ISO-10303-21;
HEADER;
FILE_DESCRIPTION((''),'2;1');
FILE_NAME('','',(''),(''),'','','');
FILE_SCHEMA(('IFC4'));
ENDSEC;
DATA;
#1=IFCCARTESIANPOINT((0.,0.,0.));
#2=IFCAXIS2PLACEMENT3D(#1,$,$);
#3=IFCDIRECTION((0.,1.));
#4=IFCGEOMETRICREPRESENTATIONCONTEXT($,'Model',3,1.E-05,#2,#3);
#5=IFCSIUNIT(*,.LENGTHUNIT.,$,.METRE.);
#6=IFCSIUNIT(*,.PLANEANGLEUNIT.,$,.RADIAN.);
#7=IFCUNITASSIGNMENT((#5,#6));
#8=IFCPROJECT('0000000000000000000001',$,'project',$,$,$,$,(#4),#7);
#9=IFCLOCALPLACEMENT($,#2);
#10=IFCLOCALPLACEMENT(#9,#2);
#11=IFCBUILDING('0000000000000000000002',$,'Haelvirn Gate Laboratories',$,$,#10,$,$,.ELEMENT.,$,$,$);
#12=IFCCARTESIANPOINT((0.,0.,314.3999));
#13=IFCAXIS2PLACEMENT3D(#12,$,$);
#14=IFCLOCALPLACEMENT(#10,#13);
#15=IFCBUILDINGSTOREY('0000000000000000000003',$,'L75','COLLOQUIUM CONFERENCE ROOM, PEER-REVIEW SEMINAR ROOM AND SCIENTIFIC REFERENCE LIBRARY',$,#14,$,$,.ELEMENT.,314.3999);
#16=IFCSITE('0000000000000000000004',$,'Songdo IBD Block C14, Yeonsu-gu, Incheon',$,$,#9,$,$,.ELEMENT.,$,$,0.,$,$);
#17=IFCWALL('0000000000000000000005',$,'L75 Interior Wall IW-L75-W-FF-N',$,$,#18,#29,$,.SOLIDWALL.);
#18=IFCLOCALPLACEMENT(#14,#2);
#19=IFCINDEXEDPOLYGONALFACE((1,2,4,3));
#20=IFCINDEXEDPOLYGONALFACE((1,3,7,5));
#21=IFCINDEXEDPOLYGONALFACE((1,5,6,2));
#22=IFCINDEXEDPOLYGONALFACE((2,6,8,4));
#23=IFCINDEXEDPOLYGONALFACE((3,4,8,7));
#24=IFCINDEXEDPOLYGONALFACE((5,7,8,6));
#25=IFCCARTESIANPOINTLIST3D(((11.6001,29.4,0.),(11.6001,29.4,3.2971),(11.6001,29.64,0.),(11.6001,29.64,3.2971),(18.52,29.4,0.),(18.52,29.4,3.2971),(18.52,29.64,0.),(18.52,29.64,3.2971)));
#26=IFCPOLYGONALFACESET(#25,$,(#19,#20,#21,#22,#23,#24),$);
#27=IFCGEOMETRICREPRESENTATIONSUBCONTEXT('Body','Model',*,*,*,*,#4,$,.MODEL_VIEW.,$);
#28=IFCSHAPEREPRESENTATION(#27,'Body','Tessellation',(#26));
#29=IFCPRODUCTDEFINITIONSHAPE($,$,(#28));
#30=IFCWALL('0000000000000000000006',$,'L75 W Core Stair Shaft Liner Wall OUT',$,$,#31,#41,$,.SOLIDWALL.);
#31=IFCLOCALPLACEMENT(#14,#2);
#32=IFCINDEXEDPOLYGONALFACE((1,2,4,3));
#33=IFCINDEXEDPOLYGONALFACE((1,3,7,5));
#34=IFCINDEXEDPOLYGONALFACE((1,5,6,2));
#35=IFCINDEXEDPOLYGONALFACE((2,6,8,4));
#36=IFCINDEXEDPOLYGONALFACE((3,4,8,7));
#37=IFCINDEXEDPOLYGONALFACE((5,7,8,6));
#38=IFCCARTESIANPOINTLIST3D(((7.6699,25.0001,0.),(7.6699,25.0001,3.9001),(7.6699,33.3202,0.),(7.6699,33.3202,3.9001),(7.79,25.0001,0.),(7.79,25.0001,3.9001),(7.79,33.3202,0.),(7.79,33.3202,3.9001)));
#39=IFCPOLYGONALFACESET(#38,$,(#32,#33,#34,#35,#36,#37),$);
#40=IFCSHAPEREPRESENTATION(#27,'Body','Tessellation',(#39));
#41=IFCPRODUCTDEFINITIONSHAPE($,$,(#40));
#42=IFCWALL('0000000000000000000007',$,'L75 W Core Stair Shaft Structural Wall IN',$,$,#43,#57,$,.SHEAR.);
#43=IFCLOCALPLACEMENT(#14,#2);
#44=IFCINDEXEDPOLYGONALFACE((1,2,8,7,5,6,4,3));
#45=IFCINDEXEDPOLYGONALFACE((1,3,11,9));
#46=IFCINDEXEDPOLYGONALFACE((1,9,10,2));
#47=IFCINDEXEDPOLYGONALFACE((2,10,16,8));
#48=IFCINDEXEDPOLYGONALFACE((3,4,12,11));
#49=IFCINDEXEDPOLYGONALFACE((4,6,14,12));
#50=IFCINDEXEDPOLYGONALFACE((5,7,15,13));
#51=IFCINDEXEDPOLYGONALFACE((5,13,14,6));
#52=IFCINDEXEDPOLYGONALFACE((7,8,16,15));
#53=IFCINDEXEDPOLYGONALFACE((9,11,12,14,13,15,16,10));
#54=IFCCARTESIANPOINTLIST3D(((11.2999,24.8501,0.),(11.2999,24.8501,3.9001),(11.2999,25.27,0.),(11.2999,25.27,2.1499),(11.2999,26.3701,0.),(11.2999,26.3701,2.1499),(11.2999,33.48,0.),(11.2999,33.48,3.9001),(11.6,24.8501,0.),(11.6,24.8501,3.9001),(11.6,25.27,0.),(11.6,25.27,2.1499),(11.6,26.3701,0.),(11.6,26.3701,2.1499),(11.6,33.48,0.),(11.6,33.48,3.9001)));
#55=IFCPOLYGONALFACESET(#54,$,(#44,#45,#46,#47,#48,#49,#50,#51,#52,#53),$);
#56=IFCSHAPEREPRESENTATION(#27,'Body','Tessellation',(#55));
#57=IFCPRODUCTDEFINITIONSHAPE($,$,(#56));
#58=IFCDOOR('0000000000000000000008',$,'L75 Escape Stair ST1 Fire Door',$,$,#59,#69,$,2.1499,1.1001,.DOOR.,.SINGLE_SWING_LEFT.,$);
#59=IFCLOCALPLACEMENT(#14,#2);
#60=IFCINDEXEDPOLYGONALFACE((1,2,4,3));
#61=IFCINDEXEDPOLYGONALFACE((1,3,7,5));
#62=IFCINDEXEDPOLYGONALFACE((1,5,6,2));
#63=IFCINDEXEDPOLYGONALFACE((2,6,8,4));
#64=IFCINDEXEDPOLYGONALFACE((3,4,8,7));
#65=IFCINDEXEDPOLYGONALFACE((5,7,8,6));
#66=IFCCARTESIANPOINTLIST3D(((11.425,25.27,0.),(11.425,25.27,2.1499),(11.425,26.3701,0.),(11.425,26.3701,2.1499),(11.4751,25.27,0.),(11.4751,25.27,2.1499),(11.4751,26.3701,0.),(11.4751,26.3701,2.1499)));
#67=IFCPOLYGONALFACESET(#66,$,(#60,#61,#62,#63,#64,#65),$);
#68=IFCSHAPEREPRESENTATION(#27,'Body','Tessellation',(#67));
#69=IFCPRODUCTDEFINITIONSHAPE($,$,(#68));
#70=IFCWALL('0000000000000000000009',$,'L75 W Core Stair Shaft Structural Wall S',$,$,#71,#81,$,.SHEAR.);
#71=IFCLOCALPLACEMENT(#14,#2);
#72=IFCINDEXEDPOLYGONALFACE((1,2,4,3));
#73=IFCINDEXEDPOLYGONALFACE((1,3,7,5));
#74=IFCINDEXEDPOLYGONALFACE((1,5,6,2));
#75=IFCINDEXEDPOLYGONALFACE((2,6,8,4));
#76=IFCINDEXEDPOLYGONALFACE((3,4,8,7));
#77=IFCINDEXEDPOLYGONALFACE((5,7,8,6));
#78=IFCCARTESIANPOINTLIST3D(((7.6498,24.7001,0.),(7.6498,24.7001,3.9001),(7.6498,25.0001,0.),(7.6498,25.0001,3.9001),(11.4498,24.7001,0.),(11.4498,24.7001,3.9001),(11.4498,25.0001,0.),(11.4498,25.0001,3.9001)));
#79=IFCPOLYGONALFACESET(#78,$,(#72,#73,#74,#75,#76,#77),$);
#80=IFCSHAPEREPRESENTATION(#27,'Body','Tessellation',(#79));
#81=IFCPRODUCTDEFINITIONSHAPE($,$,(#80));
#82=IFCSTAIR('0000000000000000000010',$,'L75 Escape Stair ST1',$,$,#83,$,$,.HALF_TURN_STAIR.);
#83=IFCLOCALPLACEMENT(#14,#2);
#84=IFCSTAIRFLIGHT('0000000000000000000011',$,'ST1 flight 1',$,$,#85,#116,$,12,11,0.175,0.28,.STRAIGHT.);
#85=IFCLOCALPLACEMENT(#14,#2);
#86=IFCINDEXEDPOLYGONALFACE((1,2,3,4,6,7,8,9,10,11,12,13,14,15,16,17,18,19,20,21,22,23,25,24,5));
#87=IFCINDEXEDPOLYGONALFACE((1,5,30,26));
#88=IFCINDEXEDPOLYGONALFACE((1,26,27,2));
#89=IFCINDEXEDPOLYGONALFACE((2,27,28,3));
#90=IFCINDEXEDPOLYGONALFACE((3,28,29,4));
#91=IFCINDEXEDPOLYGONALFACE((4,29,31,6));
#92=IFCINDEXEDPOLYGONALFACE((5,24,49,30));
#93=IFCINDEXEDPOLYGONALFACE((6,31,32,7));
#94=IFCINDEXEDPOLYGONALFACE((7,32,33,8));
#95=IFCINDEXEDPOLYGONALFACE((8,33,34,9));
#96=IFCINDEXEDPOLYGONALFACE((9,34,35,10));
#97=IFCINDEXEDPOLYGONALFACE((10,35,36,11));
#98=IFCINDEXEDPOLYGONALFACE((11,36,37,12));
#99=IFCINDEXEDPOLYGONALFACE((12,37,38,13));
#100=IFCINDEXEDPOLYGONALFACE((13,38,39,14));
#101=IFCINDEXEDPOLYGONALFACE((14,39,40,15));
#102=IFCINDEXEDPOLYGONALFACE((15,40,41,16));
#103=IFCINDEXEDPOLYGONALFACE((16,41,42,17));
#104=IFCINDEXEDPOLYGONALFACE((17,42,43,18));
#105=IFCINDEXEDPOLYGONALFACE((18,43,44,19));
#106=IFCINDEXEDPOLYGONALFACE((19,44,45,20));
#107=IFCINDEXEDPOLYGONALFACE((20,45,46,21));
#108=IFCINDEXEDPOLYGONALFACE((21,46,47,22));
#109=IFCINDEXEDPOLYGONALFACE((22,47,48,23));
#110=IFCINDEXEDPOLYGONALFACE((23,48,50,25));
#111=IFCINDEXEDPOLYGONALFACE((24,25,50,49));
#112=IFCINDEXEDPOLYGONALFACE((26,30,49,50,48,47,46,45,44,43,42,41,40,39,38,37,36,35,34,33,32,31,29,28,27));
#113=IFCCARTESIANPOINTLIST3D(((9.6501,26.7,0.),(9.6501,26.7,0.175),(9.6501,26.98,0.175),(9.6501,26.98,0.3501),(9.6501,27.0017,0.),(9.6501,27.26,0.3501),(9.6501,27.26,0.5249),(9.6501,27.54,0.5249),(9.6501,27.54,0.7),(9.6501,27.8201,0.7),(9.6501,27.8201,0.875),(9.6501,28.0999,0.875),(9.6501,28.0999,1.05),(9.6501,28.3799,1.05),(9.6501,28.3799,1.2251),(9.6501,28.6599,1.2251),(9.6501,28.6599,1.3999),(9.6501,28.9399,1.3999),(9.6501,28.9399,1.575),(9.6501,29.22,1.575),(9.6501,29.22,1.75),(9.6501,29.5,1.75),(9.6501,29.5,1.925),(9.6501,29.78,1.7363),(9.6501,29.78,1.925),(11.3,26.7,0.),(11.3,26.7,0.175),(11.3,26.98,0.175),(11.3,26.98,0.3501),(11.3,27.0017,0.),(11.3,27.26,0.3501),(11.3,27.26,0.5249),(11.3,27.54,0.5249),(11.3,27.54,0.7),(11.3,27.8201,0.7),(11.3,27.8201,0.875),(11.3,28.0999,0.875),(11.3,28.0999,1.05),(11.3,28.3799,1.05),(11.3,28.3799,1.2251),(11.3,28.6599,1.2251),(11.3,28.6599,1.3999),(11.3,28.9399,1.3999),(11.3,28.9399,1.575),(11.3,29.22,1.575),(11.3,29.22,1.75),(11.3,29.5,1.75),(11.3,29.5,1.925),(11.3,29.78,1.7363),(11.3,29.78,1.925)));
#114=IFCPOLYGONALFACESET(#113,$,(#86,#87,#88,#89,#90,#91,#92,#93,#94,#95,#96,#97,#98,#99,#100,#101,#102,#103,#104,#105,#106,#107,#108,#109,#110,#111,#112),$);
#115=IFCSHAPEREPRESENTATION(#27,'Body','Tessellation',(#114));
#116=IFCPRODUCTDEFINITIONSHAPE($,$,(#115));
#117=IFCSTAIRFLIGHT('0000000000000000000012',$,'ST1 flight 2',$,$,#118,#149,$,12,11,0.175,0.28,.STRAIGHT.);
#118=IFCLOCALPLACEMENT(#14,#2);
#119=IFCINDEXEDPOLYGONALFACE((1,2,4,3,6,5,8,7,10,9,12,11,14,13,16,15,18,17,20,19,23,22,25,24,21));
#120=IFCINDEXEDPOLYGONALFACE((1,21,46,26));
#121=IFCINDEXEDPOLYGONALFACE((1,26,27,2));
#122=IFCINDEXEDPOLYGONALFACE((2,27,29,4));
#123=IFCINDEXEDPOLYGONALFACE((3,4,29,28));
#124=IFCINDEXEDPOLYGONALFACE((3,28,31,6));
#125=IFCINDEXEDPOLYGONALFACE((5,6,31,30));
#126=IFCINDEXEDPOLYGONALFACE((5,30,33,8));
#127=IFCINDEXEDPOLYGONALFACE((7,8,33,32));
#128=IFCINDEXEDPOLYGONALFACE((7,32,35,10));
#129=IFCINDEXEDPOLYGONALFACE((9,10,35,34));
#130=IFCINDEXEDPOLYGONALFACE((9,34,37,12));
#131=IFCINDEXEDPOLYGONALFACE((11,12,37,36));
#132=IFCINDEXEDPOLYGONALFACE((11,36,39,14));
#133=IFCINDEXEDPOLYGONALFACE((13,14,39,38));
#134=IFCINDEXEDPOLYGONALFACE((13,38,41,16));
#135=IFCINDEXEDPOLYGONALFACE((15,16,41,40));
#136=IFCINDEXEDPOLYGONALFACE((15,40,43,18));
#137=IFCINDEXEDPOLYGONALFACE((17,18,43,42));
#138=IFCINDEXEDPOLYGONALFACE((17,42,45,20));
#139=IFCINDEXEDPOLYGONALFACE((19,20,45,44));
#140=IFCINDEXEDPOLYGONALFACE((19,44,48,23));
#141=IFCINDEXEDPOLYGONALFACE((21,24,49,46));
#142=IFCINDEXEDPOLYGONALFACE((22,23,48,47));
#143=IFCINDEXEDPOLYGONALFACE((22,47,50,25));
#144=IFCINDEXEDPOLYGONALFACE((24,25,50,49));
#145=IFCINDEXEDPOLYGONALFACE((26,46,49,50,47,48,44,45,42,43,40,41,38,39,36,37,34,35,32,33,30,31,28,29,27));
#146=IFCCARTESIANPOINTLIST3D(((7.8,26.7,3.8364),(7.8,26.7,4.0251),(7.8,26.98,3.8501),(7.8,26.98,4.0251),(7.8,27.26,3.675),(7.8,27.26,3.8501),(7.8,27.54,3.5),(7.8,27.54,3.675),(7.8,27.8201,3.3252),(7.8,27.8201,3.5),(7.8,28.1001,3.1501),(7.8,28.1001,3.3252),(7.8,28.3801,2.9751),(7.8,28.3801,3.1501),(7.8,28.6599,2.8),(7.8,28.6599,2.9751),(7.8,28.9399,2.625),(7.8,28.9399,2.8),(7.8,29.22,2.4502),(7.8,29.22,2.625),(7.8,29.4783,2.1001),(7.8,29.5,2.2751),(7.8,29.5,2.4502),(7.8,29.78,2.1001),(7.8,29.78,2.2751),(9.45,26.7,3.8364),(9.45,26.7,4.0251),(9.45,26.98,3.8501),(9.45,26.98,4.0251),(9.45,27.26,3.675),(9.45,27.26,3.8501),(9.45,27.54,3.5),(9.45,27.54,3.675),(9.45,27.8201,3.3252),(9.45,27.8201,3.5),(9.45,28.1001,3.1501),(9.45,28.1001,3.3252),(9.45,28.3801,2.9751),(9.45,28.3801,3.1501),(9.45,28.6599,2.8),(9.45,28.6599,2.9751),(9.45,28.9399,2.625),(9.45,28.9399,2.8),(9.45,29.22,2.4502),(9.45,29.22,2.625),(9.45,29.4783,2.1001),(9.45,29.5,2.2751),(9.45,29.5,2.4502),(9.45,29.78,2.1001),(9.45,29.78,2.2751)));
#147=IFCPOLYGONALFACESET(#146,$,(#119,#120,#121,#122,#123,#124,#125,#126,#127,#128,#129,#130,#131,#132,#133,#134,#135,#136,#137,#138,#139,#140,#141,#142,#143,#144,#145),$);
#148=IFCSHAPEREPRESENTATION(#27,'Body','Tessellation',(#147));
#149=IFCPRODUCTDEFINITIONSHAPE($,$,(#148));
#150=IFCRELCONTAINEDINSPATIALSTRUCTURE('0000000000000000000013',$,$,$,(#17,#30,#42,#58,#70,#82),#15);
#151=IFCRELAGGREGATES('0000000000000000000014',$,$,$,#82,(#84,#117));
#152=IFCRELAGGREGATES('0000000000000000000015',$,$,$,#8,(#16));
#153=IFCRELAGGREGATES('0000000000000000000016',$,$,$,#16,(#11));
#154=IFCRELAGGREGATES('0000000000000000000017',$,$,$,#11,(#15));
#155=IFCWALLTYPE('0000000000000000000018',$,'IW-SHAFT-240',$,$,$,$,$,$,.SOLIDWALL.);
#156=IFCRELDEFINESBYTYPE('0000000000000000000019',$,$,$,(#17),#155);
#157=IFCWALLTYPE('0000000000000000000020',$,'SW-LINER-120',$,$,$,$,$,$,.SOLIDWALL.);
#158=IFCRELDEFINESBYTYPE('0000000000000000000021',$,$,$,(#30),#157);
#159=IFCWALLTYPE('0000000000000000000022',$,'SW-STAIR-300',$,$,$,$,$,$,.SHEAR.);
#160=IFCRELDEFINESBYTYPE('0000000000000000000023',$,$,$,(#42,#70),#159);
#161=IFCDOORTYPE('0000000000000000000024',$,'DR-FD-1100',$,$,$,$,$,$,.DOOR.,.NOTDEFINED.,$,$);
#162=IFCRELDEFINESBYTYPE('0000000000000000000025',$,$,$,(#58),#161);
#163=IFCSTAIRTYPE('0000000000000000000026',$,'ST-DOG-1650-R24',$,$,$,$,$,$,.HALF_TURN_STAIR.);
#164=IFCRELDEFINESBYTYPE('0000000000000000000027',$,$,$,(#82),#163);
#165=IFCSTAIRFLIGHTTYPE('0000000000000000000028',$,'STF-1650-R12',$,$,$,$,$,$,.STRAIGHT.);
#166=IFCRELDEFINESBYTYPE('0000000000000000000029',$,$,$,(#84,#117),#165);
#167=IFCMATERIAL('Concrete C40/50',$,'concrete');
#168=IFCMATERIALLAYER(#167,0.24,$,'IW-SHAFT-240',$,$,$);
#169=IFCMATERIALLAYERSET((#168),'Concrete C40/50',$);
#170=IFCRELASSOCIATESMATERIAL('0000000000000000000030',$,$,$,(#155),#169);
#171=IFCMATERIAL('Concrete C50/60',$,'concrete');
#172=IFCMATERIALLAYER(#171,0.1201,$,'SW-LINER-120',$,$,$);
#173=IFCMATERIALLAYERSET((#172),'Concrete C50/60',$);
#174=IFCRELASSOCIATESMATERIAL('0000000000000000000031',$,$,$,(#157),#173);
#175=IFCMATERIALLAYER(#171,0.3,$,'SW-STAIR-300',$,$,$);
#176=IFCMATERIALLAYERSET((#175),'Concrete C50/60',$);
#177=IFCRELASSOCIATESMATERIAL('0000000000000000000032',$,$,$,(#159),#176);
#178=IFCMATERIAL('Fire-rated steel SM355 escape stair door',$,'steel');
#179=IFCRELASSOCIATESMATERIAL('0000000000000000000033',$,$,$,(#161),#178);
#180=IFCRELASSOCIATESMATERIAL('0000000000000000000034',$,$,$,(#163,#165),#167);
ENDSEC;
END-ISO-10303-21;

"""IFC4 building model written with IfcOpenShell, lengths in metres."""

from ifc_helpers import new_model, si_unit, direction, frame, frame_2d, origin, place, context, subcontext, project, spatial, polyline, rectangle, outline, extrude, source, transform, mapped, material, layer, layer_set, type_object, type_shapes, element, fill, aggregate, save


model = new_model("IFC4")

# Units and contexts
model_context = context("Model", 3, precision=1e-05, world=origin(), true_north=direction((0.0, 1.0)))
body_context = subcontext(model_context, "Body", "Model", "MODEL_VIEW")
ifc_project = project(units=[si_unit("LENGTHUNIT", "METRE"), si_unit("PLANEANGLEUNIT", "RADIAN")], contexts=[model_context])

# Site, building, storey
site_placement = place(None, origin())
site = spatial("IfcSite", under=ifc_project, at=site_placement, Name="Songdo IBD Block C14, Yeonsu-gu, Incheon", CompositionType="ELEMENT", RefElevation=0.0)
building_placement = place(site_placement, origin())
building = spatial("IfcBuilding", under=site, at=building_placement, Name="Haelvirn Gate Laboratories", CompositionType="ELEMENT")
storey_placement = place(building_placement, frame((0.0, 0.0, 314.3999)))
storey = spatial("IfcBuildingStorey", under=building, at=storey_placement, Name="L75", Description="COLLOQUIUM CONFERENCE ROOM, PEER-REVIEW SEMINAR ROOM AND SCIENTIFIC REFERENCE LIBRARY", CompositionType="ELEMENT", Elevation=314.3999)

# Shared definitions
ifc_material_1 = material(Name="Concrete C50/60", Category="concrete")

# Shared definitions
ifc_material_2 = material(Name="Concrete C40/50", Category="concrete")
ifc_layer_1 = layer(ifc_material_2, 0.24, Name="IW-SHAFT-240")
ifc_layer_set_1 = layer_set([ifc_layer_1], Name="Concrete C40/50")
wall_type_1 = type_object("IfcWallType", Name="IW-SHAFT-240", PredefinedType="SOLIDWALL", material=ifc_layer_set_1)

# Walls
wall_1_placement = place(storey_placement, frame((11.6001, 29.52, 0.0), z_axis=(0.0, 0.0, 1.0), x_axis=(1.0, 0.0, 0.0)))
element("IfcWall", 1, at=wall_1_placement, inside=storey, type_object=wall_type_1, Name="L75 Interior Wall IW-L75-W-FF-N", PredefinedType="SOLIDWALL", context=body_context, shape_type="SweptSolid", body=[
    extrude(rectangle(XDim=6.9199, YDim=0.24, at=frame_2d((3.46, 0.0))), origin(), (0.0, 0.0, 1.0), 3.2971),
])
ifc_layer_2 = layer(ifc_material_1, 0.1201, Name="SW-LINER-120")
ifc_layer_set_2 = layer_set([ifc_layer_2], Name="Concrete C50/60")
wall_type_2 = type_object("IfcWallType", Name="SW-LINER-120", PredefinedType="SOLIDWALL", material=ifc_layer_set_2)
wall_2_placement = place(storey_placement, frame((7.73, 25.0, 0.0), z_axis=(0.0, 0.0, 1.0), x_axis=(0.0, 1.0, 0.0)))
element("IfcWall", 2, at=wall_2_placement, inside=storey, type_object=wall_type_2, Name="L75 W Core Stair Shaft Liner Wall OUT", PredefinedType="SOLIDWALL", context=body_context, shape_type="SweptSolid", body=[
    extrude(rectangle(XDim=8.3201, YDim=0.1201, at=frame_2d((4.1602, 0.0))), origin(), (0.0, 0.0, 1.0), 3.9001),
])

# Wall, opening, door
ifc_layer_3 = layer(ifc_material_1, 0.3, Name="SW-STAIR-300")
ifc_layer_set_3 = layer_set([ifc_layer_3], Name="Concrete C50/60")
wall_type_3 = type_object("IfcWallType", Name="SW-STAIR-300", PredefinedType="SHEAR", material=ifc_layer_set_3)
wall_3_placement = place(storey_placement, frame((11.45, 24.8501, 0.0), z_axis=(0.0, 0.0, 1.0), x_axis=(0.0, 1.0, 0.0)))
wall_3 = element("IfcWall", 3, at=wall_3_placement, inside=storey, type_object=wall_type_3, Name="L75 W Core Stair Shaft Structural Wall IN", PredefinedType="SHEAR", context=body_context, shape_type="SweptSolid", body=[
    extrude(rectangle(XDim=8.6299, YDim=0.3, at=frame_2d((4.3149, 0.0))), origin(), (0.0, 0.0, 1.0), 3.9001),
])
opening_1_placement = place(wall_3_placement, frame((0.4199, 0.0, 0.0)))
opening_1 = element("IfcOpeningElement", 4, at=opening_1_placement, cuts=wall_3, PredefinedType="OPENING", context=body_context, shape_type="SweptSolid", body=[
    extrude(rectangle(XDim=1.1001, YDim=2.1499, at=frame_2d((0.55, 1.075))), frame((0.0, 0.1602, 0.0), z_axis=(0.0, -1.0, 0.0), x_axis=(1.0, 0.0, 0.0)), (0.0, 0.0, 1.0), 0.3201),
])
ifc_material_3 = material(Name="Fire-rated steel SM355 escape stair door", Category="steel")
door_type_1 = type_object("IfcDoorType", Name="DR-FD-1100", OperationType="NOTDEFINED", PredefinedType="DOOR", material=ifc_material_3)
shared_shape_1 = source(origin(), body_context, "Body", "SweptSolid", [
    extrude(rectangle(XDim=1.1001, YDim=2.1499, at=frame_2d((0.55, 1.075))), frame((0.0, 0.0249, 0.0), z_axis=(0.0, -1.0, 0.0), x_axis=(1.0, 0.0, 0.0)), (0.0, 0.0, 1.0), 0.05),
])
type_shapes(door_type_1, [shared_shape_1])
door_1_placement = place(opening_1_placement, origin())
door_1 = element("IfcDoor", 5, at=door_1_placement, inside=storey, type_object=door_type_1, Name="L75 Escape Stair ST1 Fire Door", OperationType="SINGLE_SWING_LEFT", OverallHeight=2.1499, OverallWidth=1.1001, PredefinedType="DOOR", context=body_context, shape_type="MappedRepresentation", body=[
    mapped(shared_shape_1, transform((0.0, 0.0, 0.0), scale=1.0)),
])
fill(opening_1, door_1)

# Wall
wall_4_placement = place(storey_placement, frame((7.6499, 24.8501, 0.0), z_axis=(0.0, 0.0, 1.0), x_axis=(1.0, 0.0, 0.0)))
element("IfcWall", 6, at=wall_4_placement, inside=storey, type_object=wall_type_3, Name="L75 W Core Stair Shaft Structural Wall S", PredefinedType="SHEAR", context=body_context, shape_type="SweptSolid", body=[
    extrude(rectangle(XDim=3.8, YDim=0.3, at=frame_2d((1.8999, 0.0))), origin(), (0.0, 0.0, 1.0), 3.9001),
])

# Stair, stair flights
stair_type = type_object("IfcStairType", Name="ST-DOG-1650-R24", PredefinedType="HALF_TURN_STAIR", material=ifc_material_2)
stair_placement = place(storey_placement, origin())
stair = element("IfcStair", 7, at=stair_placement, inside=storey, type_object=stair_type, Name="L75 Escape Stair ST1", PredefinedType="HALF_TURN_STAIR")
stair_flight_type = type_object("IfcStairFlightType", Name="STF-1650-R12", PredefinedType="STRAIGHT", material=ifc_material_2)
shared_shape_2 = source(origin(), body_context, "Body", "SweptSolid", [
    extrude(outline(polyline([(0.0, 0.0), (0.0, 0.175), (0.28, 0.175), (0.28, 0.3501), (0.5601, 0.3501), (0.5601, 0.5249), (0.8401, 0.5249), (0.8401, 0.7), (1.1201, 0.7), (1.1201, 0.875), (1.3999, 0.875), (1.3999, 1.05), (1.6799, 1.05), (1.6799, 1.2251), (1.96, 1.2251), (1.96, 1.3999), (2.24, 1.3999), (2.24, 1.575), (2.52, 1.575), (2.52, 1.75), (2.8, 1.75), (2.8, 1.925), (3.0801, 1.925), (3.0801, 2.1001), (3.0801, 1.7363), (0.3018, 0.0), (0.0, 0.0)])), frame((0.0, 0.825, 0.0), z_axis=(0.0, -1.0, 0.0), x_axis=(1.0, 0.0, 0.0)), (0.0, 0.0, 1.0), 1.6499),
])
type_shapes(stair_flight_type, [shared_shape_2])
stair_flight_1_placement = place(storey_placement, frame((10.4751, 26.7, 0.0), z_axis=(0.0, 0.0, 1.0), x_axis=(0.0, 1.0, 0.0)))
stair_flight_1 = element("IfcStairFlight", 8, at=stair_flight_1_placement, type_object=stair_flight_type, Name="ST1 flight 1", NumberOfRisers=12, NumberOfTreads=11, PredefinedType="STRAIGHT", RiserHeight=0.175, TreadLength=0.28, context=body_context, shape_type="MappedRepresentation", body=[
    mapped(shared_shape_2, transform((0.0, 0.0, 0.0), scale=1.0)),
])
stair_flight_2_placement = place(storey_placement, frame((8.625, 29.78, 2.1001), z_axis=(0.0, 0.0, 1.0), x_axis=(0.0, -1.0, 0.0)))
stair_flight_2 = element("IfcStairFlight", 9, at=stair_flight_2_placement, type_object=stair_flight_type, Name="ST1 flight 2", NumberOfRisers=12, NumberOfTreads=11, PredefinedType="STRAIGHT", RiserHeight=0.175, TreadLength=0.28, context=body_context, shape_type="MappedRepresentation", body=[
    mapped(shared_shape_2, transform((0.0, 0.0, 0.0), scale=1.0)),
])
aggregate(stair, [stair_flight_1, stair_flight_2])

save(model, "model.ifc")
